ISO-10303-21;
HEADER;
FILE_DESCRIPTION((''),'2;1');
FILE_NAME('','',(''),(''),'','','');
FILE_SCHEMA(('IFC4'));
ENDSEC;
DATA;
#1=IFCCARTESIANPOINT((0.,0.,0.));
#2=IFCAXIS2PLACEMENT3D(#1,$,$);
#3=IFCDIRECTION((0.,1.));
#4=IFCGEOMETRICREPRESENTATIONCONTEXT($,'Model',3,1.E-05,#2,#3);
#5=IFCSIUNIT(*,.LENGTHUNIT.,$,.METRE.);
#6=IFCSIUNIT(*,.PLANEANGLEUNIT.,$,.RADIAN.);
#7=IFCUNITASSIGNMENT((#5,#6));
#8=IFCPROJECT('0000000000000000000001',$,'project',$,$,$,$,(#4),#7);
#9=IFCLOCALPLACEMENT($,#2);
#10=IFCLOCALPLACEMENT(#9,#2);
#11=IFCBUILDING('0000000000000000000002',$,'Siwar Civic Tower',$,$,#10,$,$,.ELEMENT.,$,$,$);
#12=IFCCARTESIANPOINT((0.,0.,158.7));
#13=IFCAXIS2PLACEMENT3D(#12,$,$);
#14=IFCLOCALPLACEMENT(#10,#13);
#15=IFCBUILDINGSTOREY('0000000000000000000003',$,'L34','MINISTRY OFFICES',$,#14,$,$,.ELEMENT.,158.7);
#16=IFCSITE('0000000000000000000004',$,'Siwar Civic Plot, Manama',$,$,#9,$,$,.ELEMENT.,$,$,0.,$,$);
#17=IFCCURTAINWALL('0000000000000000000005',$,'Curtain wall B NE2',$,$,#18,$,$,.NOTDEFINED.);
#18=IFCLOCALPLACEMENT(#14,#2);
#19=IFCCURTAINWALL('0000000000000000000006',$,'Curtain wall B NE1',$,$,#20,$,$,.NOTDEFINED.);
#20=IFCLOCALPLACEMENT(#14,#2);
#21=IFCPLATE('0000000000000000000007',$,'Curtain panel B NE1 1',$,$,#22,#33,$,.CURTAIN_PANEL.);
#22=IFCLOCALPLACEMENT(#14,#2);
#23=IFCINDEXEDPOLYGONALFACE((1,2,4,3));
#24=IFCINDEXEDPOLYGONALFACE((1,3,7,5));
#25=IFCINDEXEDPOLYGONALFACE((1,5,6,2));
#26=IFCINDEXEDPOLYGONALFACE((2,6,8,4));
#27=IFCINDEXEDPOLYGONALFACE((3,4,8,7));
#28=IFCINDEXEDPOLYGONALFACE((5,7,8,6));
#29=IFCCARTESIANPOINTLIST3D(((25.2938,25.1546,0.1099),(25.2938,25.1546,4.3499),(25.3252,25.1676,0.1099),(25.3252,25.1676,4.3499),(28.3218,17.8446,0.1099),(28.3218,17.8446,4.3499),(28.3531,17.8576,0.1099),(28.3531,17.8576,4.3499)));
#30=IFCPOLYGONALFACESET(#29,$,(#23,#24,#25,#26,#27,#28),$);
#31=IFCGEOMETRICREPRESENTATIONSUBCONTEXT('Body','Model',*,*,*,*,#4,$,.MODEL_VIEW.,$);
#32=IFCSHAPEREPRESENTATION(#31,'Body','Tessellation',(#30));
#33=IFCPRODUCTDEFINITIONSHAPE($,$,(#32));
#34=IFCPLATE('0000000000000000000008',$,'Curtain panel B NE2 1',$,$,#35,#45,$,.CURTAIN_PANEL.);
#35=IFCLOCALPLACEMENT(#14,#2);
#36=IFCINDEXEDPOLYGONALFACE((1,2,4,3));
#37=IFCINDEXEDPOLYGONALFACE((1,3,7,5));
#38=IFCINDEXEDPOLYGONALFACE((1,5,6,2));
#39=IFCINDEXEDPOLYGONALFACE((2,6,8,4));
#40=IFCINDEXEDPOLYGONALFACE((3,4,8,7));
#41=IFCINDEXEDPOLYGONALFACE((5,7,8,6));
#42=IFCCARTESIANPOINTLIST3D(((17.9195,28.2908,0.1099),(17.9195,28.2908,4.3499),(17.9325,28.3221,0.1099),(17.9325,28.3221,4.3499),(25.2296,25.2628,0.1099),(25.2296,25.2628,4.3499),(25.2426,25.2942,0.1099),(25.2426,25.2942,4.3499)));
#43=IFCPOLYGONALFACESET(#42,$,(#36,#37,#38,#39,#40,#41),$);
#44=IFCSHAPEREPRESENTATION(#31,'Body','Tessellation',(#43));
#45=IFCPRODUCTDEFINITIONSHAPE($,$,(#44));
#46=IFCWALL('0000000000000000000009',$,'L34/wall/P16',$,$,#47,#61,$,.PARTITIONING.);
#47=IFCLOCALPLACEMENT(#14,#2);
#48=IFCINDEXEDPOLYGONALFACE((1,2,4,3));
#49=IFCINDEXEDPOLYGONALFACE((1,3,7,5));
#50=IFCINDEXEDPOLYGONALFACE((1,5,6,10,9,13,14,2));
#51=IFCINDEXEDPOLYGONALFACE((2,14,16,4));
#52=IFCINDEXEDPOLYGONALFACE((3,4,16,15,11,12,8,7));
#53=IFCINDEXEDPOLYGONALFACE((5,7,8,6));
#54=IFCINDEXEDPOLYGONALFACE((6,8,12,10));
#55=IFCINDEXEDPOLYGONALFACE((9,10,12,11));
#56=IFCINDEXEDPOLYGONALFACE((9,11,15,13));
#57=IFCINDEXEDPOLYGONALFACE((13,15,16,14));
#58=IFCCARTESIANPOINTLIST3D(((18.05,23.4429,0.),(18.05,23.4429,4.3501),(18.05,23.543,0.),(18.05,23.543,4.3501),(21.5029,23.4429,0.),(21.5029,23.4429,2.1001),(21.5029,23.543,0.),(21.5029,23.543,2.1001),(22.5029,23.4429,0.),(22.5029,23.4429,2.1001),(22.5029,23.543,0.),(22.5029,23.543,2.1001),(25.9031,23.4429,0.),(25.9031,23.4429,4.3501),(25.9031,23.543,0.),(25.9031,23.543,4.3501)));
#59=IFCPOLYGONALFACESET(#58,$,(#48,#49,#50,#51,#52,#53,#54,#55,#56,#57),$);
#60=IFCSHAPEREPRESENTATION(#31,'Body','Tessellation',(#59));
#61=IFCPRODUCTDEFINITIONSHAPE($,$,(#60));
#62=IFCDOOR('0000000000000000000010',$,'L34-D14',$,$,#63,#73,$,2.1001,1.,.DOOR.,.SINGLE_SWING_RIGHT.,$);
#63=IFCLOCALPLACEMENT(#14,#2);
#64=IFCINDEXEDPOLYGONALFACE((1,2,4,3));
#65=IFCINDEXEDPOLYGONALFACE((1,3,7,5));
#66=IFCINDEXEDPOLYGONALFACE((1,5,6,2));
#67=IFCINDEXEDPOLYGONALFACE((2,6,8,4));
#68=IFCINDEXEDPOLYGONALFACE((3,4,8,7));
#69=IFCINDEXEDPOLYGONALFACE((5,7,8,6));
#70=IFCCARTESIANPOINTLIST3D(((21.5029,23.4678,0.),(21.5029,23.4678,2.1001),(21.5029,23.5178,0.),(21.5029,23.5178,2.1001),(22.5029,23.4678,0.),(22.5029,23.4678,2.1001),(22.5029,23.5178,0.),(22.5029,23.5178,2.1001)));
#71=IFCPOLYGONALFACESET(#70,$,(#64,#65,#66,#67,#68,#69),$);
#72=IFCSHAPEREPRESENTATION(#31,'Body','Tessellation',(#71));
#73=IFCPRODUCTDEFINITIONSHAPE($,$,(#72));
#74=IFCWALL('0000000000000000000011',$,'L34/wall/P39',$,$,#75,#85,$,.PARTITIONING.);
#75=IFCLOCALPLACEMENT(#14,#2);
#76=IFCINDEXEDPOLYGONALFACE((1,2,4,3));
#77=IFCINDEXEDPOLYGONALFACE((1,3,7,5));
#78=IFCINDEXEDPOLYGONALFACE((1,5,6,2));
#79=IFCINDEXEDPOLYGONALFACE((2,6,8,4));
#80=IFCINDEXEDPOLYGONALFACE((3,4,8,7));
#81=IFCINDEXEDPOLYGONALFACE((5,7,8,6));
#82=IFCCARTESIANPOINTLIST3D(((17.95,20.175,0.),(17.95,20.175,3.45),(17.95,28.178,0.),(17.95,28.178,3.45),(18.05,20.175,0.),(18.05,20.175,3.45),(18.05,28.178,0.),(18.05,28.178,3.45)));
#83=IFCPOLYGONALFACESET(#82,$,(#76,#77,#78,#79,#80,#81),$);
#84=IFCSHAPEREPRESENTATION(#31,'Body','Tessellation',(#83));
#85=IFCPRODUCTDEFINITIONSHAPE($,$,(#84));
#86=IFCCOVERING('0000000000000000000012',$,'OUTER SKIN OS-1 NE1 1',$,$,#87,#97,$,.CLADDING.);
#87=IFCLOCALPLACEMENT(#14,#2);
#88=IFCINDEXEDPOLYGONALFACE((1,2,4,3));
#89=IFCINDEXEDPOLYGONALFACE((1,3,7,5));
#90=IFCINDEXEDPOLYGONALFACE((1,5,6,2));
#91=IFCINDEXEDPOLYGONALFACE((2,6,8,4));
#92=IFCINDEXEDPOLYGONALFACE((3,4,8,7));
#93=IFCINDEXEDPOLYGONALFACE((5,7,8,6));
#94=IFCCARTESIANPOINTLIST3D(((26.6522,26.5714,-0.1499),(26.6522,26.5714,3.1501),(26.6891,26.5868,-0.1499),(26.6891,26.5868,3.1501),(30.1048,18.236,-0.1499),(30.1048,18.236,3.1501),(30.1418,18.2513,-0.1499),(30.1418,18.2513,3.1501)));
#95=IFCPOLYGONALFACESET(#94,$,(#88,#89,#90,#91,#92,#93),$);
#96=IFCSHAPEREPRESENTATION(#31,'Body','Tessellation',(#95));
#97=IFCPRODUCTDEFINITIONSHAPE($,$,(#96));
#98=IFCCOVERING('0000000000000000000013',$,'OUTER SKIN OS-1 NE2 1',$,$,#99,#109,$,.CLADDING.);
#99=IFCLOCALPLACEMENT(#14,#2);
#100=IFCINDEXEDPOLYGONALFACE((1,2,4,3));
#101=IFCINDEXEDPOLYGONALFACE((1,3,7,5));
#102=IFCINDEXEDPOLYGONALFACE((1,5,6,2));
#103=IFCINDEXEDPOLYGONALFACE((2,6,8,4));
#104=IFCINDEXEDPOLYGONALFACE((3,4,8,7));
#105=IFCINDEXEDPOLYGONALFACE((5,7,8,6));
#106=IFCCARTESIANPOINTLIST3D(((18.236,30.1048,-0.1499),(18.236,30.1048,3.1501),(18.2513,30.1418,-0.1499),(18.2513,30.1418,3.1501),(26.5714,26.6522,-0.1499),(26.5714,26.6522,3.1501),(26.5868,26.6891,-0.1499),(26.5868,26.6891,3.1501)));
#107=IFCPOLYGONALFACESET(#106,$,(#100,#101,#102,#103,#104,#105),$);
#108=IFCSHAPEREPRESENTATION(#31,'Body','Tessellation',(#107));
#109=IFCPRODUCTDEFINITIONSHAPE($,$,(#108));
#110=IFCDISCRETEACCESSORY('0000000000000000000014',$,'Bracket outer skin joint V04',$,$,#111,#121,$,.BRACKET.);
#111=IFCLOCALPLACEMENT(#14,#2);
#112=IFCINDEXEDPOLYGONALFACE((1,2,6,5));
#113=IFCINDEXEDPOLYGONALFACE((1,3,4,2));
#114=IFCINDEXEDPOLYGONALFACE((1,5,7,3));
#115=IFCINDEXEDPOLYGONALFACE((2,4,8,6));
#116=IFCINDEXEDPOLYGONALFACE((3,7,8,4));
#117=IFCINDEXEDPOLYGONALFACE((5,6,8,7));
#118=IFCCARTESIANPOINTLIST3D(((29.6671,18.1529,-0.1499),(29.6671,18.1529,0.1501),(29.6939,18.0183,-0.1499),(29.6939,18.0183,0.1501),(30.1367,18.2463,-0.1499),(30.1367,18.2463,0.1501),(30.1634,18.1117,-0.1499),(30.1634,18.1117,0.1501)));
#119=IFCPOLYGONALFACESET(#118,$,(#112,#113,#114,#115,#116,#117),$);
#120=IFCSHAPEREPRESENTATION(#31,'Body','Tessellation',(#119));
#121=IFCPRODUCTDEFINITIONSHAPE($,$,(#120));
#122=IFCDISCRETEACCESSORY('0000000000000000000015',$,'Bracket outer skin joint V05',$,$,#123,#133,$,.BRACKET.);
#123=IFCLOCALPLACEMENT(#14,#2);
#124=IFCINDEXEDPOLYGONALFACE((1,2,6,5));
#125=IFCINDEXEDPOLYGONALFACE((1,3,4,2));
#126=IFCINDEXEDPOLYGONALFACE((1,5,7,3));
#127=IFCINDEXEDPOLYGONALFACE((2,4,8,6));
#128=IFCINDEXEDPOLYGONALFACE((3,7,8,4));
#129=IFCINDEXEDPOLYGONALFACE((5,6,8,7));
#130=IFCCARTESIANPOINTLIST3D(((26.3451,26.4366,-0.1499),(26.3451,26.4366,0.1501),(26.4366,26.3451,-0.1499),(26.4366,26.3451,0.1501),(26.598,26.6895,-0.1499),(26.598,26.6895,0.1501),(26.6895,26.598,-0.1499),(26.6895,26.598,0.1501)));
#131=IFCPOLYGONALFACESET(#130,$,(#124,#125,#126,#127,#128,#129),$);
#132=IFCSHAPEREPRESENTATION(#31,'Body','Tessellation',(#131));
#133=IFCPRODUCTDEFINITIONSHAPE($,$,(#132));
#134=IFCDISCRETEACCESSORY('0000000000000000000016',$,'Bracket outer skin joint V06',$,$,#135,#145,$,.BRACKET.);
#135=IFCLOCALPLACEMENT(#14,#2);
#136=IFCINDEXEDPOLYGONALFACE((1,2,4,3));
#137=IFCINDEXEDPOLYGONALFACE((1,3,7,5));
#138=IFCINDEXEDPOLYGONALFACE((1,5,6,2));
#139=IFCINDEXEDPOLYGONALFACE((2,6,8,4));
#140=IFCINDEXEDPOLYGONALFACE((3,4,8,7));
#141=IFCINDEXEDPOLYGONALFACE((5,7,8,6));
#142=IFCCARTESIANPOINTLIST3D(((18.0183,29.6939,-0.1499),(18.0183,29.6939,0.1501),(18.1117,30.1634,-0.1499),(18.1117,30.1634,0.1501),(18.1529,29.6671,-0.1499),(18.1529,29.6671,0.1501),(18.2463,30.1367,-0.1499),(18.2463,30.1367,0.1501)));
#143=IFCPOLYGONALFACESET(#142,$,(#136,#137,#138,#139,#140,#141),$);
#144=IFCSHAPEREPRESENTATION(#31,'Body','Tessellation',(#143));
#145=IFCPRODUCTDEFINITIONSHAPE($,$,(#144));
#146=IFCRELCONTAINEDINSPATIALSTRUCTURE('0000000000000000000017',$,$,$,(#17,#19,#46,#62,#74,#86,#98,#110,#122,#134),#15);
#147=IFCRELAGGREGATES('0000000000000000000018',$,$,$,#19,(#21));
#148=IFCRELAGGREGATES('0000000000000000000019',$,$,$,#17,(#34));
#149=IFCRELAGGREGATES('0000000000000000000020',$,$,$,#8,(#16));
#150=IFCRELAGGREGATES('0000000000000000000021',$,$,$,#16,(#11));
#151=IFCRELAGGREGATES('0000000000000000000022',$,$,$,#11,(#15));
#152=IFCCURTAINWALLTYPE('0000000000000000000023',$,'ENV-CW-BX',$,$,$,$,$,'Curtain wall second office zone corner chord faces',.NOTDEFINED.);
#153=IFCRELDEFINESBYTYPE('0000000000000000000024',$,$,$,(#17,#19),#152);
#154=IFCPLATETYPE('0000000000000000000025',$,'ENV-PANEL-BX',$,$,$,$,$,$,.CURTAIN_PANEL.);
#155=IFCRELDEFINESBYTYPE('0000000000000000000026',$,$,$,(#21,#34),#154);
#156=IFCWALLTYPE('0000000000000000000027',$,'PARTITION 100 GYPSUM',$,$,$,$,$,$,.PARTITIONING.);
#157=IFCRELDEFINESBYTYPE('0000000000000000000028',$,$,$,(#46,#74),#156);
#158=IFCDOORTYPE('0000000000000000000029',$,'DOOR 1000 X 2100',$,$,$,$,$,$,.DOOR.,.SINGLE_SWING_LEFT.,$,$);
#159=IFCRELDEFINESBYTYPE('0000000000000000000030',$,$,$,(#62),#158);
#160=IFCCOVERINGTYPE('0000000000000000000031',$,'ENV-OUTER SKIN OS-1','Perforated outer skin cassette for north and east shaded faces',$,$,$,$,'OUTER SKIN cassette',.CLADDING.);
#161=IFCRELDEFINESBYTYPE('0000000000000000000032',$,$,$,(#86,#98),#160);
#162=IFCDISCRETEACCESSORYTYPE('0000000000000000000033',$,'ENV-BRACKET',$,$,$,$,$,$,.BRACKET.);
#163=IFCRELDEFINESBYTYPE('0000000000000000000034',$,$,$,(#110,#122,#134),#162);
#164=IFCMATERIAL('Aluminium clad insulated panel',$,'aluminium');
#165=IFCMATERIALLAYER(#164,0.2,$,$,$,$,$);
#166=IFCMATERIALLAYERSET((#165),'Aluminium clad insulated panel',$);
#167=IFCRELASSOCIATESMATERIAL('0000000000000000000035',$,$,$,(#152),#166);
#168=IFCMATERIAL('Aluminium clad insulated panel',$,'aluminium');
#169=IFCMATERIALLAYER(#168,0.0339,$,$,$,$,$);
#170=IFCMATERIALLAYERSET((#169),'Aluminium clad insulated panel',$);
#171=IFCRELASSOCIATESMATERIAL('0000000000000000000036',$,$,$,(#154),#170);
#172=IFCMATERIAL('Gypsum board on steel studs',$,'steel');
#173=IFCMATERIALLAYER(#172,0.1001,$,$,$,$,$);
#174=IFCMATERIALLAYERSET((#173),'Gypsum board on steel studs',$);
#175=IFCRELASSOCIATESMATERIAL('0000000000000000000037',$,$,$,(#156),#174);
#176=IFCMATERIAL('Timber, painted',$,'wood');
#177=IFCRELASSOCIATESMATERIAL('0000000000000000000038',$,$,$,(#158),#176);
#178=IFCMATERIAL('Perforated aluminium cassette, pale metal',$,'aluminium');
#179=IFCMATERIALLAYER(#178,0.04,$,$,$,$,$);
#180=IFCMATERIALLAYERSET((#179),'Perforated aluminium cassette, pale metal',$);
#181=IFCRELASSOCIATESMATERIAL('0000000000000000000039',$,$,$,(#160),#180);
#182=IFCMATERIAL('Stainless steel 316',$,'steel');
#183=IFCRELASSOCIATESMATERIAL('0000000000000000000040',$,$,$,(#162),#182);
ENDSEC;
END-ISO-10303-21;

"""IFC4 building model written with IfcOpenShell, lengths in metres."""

from ifc_helpers import new_model, si_unit, direction, frame, frame_2d, origin, origin_2d, place, context, subcontext, project, spatial, rectangle, extrude, material, layer, layer_set, type_object, element, fill, aggregate, save


model = new_model("IFC4")

# Units and contexts
model_context = context("Model", 3, precision=1e-05, world=origin(), true_north=direction((0.0, 1.0)))
body_context = subcontext(model_context, "Body", "Model", "MODEL_VIEW")
ifc_project = project(units=[si_unit("LENGTHUNIT", "METRE"), si_unit("PLANEANGLEUNIT", "RADIAN")], contexts=[model_context])

# Site, building, storey
site_placement = place(None, origin())
site = spatial("IfcSite", under=ifc_project, at=site_placement, Name="Siwar Civic Plot, Manama", CompositionType="ELEMENT", RefElevation=0.0)
building_placement = place(site_placement, origin())
building = spatial("IfcBuilding", under=site, at=building_placement, Name="Siwar Civic Tower", CompositionType="ELEMENT")
storey_placement = place(building_placement, frame((0.0, 0.0, 158.7)))
storey = spatial("IfcBuildingStorey", under=building, at=storey_placement, Name="L34", Description="MINISTRY OFFICES", CompositionType="ELEMENT", Elevation=158.7)

# Curtain wall
ifc_material_1 = material(Name="Aluminium clad insulated panel", Category="aluminium")
ifc_layer_1 = layer(ifc_material_1, 0.2)
ifc_layer_set_1 = layer_set([ifc_layer_1], Name="Aluminium clad insulated panel")
curtain_wall_type_1 = type_object("IfcCurtainWallType", Name="ENV-CW-BX", ElementType="Curtain wall second office zone corner chord faces", PredefinedType="NOTDEFINED", material=ifc_layer_set_1)
curtain_wall_1_placement = place(storey_placement, origin())
curtain_wall_1 = element("IfcCurtainWall", 1, at=curtain_wall_1_placement, inside=storey, type_object=curtain_wall_type_1, Name="Curtain wall B NE2", PredefinedType="NOTDEFINED")

# Curtain wall, plate
curtain_wall_2_placement = place(storey_placement, origin())
curtain_wall_2 = element("IfcCurtainWall", 2, at=curtain_wall_2_placement, inside=storey, type_object=curtain_wall_type_1, Name="Curtain wall B NE1", PredefinedType="NOTDEFINED")
ifc_material_2 = material(Name="Aluminium clad insulated panel", Category="aluminium")
ifc_layer_2 = layer(ifc_material_2, 0.0339)
ifc_layer_set_2 = layer_set([ifc_layer_2], Name="Aluminium clad insulated panel")
plate_type = type_object("IfcPlateType", Name="ENV-PANEL-BX", PredefinedType="CURTAIN_PANEL", material=ifc_layer_set_2)
plate_1_placement = place(storey_placement, frame((26.8235, 21.5061, 0.1099), z_axis=(0.0, 0.0, 1.0), x_axis=(-0.382683, 0.92388, 0.0)))
plate_1 = element("IfcPlate", 3, at=plate_1_placement, type_object=plate_type, Name="Curtain panel B NE1 1", PredefinedType="CURTAIN_PANEL", context=body_context, shape_type="SweptSolid", body=[
    extrude(rectangle(XDim=7.9124, YDim=0.0339, at=origin_2d()), origin(), (0.0, 0.0, 1.0), 4.24),
])
aggregate(curtain_wall_2, [plate_1])

# Plate
plate_2_placement = place(storey_placement, frame((21.5811, 26.7925, 0.1099), z_axis=(0.0, 0.0, 1.0), x_axis=(-0.92388, 0.382683, 0.0)))
plate_2 = element("IfcPlate", 4, at=plate_2_placement, type_object=plate_type, Name="Curtain panel B NE2 1", PredefinedType="CURTAIN_PANEL", context=body_context, shape_type="SweptSolid", body=[
    extrude(rectangle(XDim=7.9124, YDim=0.0339, at=origin_2d()), origin(), (0.0, 0.0, 1.0), 4.24),
])
aggregate(curtain_wall_1, [plate_2])

# Wall, opening, door
ifc_material_3 = material(Name="Gypsum board on steel studs", Category="steel")
ifc_layer_3 = layer(ifc_material_3, 0.1001)
ifc_layer_set_3 = layer_set([ifc_layer_3], Name="Gypsum board on steel studs")
wall_type = type_object("IfcWallType", Name="PARTITION 100 GYPSUM", PredefinedType="PARTITIONING", material=ifc_layer_set_3)
wall_1_placement = place(storey_placement, frame((18.05, 23.4929, 0.0), z_axis=(0.0, 0.0, 1.0), x_axis=(1.0, 0.0, 0.0)))
wall_1 = element("IfcWall", 5, at=wall_1_placement, inside=storey, type_object=wall_type, Name="L34/wall/P16", PredefinedType="PARTITIONING", context=body_context, shape_type="SweptSolid", body=[
    extrude(rectangle(XDim=7.853, YDim=0.1001, at=frame_2d((3.9265, 0.0))), origin(), (0.0, 0.0, 1.0), 4.3501),
])
opening_placement = place(wall_1_placement, frame((3.4529, 0.0, 0.0)))
opening = element("IfcOpeningElement", 6, at=opening_placement, cuts=wall_1, PredefinedType="OPENING", context=body_context, shape_type="SweptSolid", body=[
    extrude(rectangle(XDim=1.0, YDim=2.1001, at=frame_2d((0.5, 1.05))), frame((0.0, 0.0601, 0.0), z_axis=(0.0, -1.0, 0.0), x_axis=(1.0, 0.0, 0.0)), (0.0, 0.0, 1.0), 0.1201),
])
ifc_material_4 = material(Name="Timber, painted", Category="wood")
door_type = type_object("IfcDoorType", Name="DOOR 1000 X 2100", OperationType="SINGLE_SWING_LEFT", PredefinedType="DOOR", material=ifc_material_4)
door_placement = place(opening_placement, origin())
door = element("IfcDoor", 7, at=door_placement, inside=storey, type_object=door_type, Name="L34-D14", OperationType="SINGLE_SWING_RIGHT", OverallHeight=2.1001, OverallWidth=1.0, PredefinedType="DOOR", context=body_context, shape_type="SweptSolid", body=[
    extrude(rectangle(XDim=1.0, YDim=2.1001, at=frame_2d((0.5, 1.05))), frame((0.0, 0.0249, 0.0), z_axis=(0.0, -1.0, 0.0), x_axis=(1.0, 0.0, 0.0)), (0.0, 0.0, 1.0), 0.05),
])
fill(opening, door)

# Wall
wall_2_placement = place(storey_placement, frame((18.0, 20.175, 0.0), z_axis=(0.0, 0.0, 1.0), x_axis=(0.0, 1.0, 0.0)))
element("IfcWall", 8, at=wall_2_placement, inside=storey, type_object=wall_type, Name="L34/wall/P39", PredefinedType="PARTITIONING", context=body_context, shape_type="SweptSolid", body=[
    extrude(rectangle(XDim=8.0029, YDim=0.1001, at=frame_2d((4.0015, 0.0))), origin(), (0.0, 0.0, 1.0), 3.45),
])

# Coverings
ifc_material_5 = material(Name="Perforated aluminium cassette, pale metal", Category="aluminium")
ifc_layer_4 = layer(ifc_material_5, 0.04)
ifc_layer_set_4 = layer_set([ifc_layer_4], Name="Perforated aluminium cassette, pale metal")
covering_type = type_object("IfcCoveringType", Name="ENV-OUTER SKIN OS-1", Description="Perforated outer skin cassette for north and east shaded faces", ElementType="OUTER SKIN cassette", PredefinedType="CLADDING", material=ifc_layer_set_4)
for number, where, z_axis, x_axis, name in (
    (9, (28.397, 22.4114, -0.1499), (0.0, 0.0, 1.0), (-0.382683, 0.92388, 0.0), "OUTER SKIN OS-1 NE1 1"),
    (10, (22.4114, 28.397, -0.1499), (0.0, 0.0, 1.0), (-0.92388, 0.382683, 0.0), "OUTER SKIN OS-1 NE2 1"),
):
    element("IfcCovering", number, at=place(storey_placement, frame(where, z_axis=z_axis, x_axis=x_axis)), inside=storey, type_object=covering_type, Name=name, PredefinedType="CLADDING", context=body_context, shape_type="SweptSolid", body=[
        extrude(rectangle(XDim=9.0222, YDim=0.04, at=origin_2d()), origin(), (0.0, 0.0, 1.0), 3.3),
    ])

# Discrete accessories
ifc_material_6 = material(Name="Stainless steel 316", Category="steel")
discrete_accessory_type = type_object("IfcDiscreteAccessoryType", Name="ENV-BRACKET", PredefinedType="BRACKET", material=ifc_material_6)
discrete_accessory_1_placement = place(storey_placement, frame((29.9153, 18.1323, -0.1499), z_axis=(0.0, 0.0, 1.0), x_axis=(0.980785, 0.19509, 0.0)))
element("IfcDiscreteAccessory", 11, at=discrete_accessory_1_placement, inside=storey, type_object=discrete_accessory_type, Name="Bracket outer skin joint V04", PredefinedType="BRACKET", context=body_context, shape_type="SweptSolid", body=[
    extrude(rectangle(XDim=0.4788, YDim=0.1372, at=origin_2d()), origin(), (0.0, 0.0, 1.0), 0.3),
])
discrete_accessory_2_placement = place(storey_placement, frame((26.5173, 26.5173, -0.1499), z_axis=(0.0, 0.0, 1.0), x_axis=(0.707107, 0.707107, 0.0)))
element("IfcDiscreteAccessory", 12, at=discrete_accessory_2_placement, inside=storey, type_object=discrete_accessory_type, Name="Bracket outer skin joint V05", PredefinedType="BRACKET", context=body_context, shape_type="SweptSolid", body=[
    extrude(rectangle(XDim=0.3577, YDim=0.1294, at=origin_2d()), origin(), (0.0, 0.0, 1.0), 0.3),
])
discrete_accessory_3_placement = place(storey_placement, frame((18.1323, 29.9153, -0.1499), z_axis=(0.0, 0.0, 1.0), x_axis=(0.19509, 0.980785, 0.0)))
element("IfcDiscreteAccessory", 13, at=discrete_accessory_3_placement, inside=storey, type_object=discrete_accessory_type, Name="Bracket outer skin joint V06", PredefinedType="BRACKET", context=body_context, shape_type="SweptSolid", body=[
    extrude(rectangle(XDim=0.4788, YDim=0.1372, at=origin_2d()), origin(), (0.0, 0.0, 1.0), 0.3),
])

save(model, "model.ifc")
